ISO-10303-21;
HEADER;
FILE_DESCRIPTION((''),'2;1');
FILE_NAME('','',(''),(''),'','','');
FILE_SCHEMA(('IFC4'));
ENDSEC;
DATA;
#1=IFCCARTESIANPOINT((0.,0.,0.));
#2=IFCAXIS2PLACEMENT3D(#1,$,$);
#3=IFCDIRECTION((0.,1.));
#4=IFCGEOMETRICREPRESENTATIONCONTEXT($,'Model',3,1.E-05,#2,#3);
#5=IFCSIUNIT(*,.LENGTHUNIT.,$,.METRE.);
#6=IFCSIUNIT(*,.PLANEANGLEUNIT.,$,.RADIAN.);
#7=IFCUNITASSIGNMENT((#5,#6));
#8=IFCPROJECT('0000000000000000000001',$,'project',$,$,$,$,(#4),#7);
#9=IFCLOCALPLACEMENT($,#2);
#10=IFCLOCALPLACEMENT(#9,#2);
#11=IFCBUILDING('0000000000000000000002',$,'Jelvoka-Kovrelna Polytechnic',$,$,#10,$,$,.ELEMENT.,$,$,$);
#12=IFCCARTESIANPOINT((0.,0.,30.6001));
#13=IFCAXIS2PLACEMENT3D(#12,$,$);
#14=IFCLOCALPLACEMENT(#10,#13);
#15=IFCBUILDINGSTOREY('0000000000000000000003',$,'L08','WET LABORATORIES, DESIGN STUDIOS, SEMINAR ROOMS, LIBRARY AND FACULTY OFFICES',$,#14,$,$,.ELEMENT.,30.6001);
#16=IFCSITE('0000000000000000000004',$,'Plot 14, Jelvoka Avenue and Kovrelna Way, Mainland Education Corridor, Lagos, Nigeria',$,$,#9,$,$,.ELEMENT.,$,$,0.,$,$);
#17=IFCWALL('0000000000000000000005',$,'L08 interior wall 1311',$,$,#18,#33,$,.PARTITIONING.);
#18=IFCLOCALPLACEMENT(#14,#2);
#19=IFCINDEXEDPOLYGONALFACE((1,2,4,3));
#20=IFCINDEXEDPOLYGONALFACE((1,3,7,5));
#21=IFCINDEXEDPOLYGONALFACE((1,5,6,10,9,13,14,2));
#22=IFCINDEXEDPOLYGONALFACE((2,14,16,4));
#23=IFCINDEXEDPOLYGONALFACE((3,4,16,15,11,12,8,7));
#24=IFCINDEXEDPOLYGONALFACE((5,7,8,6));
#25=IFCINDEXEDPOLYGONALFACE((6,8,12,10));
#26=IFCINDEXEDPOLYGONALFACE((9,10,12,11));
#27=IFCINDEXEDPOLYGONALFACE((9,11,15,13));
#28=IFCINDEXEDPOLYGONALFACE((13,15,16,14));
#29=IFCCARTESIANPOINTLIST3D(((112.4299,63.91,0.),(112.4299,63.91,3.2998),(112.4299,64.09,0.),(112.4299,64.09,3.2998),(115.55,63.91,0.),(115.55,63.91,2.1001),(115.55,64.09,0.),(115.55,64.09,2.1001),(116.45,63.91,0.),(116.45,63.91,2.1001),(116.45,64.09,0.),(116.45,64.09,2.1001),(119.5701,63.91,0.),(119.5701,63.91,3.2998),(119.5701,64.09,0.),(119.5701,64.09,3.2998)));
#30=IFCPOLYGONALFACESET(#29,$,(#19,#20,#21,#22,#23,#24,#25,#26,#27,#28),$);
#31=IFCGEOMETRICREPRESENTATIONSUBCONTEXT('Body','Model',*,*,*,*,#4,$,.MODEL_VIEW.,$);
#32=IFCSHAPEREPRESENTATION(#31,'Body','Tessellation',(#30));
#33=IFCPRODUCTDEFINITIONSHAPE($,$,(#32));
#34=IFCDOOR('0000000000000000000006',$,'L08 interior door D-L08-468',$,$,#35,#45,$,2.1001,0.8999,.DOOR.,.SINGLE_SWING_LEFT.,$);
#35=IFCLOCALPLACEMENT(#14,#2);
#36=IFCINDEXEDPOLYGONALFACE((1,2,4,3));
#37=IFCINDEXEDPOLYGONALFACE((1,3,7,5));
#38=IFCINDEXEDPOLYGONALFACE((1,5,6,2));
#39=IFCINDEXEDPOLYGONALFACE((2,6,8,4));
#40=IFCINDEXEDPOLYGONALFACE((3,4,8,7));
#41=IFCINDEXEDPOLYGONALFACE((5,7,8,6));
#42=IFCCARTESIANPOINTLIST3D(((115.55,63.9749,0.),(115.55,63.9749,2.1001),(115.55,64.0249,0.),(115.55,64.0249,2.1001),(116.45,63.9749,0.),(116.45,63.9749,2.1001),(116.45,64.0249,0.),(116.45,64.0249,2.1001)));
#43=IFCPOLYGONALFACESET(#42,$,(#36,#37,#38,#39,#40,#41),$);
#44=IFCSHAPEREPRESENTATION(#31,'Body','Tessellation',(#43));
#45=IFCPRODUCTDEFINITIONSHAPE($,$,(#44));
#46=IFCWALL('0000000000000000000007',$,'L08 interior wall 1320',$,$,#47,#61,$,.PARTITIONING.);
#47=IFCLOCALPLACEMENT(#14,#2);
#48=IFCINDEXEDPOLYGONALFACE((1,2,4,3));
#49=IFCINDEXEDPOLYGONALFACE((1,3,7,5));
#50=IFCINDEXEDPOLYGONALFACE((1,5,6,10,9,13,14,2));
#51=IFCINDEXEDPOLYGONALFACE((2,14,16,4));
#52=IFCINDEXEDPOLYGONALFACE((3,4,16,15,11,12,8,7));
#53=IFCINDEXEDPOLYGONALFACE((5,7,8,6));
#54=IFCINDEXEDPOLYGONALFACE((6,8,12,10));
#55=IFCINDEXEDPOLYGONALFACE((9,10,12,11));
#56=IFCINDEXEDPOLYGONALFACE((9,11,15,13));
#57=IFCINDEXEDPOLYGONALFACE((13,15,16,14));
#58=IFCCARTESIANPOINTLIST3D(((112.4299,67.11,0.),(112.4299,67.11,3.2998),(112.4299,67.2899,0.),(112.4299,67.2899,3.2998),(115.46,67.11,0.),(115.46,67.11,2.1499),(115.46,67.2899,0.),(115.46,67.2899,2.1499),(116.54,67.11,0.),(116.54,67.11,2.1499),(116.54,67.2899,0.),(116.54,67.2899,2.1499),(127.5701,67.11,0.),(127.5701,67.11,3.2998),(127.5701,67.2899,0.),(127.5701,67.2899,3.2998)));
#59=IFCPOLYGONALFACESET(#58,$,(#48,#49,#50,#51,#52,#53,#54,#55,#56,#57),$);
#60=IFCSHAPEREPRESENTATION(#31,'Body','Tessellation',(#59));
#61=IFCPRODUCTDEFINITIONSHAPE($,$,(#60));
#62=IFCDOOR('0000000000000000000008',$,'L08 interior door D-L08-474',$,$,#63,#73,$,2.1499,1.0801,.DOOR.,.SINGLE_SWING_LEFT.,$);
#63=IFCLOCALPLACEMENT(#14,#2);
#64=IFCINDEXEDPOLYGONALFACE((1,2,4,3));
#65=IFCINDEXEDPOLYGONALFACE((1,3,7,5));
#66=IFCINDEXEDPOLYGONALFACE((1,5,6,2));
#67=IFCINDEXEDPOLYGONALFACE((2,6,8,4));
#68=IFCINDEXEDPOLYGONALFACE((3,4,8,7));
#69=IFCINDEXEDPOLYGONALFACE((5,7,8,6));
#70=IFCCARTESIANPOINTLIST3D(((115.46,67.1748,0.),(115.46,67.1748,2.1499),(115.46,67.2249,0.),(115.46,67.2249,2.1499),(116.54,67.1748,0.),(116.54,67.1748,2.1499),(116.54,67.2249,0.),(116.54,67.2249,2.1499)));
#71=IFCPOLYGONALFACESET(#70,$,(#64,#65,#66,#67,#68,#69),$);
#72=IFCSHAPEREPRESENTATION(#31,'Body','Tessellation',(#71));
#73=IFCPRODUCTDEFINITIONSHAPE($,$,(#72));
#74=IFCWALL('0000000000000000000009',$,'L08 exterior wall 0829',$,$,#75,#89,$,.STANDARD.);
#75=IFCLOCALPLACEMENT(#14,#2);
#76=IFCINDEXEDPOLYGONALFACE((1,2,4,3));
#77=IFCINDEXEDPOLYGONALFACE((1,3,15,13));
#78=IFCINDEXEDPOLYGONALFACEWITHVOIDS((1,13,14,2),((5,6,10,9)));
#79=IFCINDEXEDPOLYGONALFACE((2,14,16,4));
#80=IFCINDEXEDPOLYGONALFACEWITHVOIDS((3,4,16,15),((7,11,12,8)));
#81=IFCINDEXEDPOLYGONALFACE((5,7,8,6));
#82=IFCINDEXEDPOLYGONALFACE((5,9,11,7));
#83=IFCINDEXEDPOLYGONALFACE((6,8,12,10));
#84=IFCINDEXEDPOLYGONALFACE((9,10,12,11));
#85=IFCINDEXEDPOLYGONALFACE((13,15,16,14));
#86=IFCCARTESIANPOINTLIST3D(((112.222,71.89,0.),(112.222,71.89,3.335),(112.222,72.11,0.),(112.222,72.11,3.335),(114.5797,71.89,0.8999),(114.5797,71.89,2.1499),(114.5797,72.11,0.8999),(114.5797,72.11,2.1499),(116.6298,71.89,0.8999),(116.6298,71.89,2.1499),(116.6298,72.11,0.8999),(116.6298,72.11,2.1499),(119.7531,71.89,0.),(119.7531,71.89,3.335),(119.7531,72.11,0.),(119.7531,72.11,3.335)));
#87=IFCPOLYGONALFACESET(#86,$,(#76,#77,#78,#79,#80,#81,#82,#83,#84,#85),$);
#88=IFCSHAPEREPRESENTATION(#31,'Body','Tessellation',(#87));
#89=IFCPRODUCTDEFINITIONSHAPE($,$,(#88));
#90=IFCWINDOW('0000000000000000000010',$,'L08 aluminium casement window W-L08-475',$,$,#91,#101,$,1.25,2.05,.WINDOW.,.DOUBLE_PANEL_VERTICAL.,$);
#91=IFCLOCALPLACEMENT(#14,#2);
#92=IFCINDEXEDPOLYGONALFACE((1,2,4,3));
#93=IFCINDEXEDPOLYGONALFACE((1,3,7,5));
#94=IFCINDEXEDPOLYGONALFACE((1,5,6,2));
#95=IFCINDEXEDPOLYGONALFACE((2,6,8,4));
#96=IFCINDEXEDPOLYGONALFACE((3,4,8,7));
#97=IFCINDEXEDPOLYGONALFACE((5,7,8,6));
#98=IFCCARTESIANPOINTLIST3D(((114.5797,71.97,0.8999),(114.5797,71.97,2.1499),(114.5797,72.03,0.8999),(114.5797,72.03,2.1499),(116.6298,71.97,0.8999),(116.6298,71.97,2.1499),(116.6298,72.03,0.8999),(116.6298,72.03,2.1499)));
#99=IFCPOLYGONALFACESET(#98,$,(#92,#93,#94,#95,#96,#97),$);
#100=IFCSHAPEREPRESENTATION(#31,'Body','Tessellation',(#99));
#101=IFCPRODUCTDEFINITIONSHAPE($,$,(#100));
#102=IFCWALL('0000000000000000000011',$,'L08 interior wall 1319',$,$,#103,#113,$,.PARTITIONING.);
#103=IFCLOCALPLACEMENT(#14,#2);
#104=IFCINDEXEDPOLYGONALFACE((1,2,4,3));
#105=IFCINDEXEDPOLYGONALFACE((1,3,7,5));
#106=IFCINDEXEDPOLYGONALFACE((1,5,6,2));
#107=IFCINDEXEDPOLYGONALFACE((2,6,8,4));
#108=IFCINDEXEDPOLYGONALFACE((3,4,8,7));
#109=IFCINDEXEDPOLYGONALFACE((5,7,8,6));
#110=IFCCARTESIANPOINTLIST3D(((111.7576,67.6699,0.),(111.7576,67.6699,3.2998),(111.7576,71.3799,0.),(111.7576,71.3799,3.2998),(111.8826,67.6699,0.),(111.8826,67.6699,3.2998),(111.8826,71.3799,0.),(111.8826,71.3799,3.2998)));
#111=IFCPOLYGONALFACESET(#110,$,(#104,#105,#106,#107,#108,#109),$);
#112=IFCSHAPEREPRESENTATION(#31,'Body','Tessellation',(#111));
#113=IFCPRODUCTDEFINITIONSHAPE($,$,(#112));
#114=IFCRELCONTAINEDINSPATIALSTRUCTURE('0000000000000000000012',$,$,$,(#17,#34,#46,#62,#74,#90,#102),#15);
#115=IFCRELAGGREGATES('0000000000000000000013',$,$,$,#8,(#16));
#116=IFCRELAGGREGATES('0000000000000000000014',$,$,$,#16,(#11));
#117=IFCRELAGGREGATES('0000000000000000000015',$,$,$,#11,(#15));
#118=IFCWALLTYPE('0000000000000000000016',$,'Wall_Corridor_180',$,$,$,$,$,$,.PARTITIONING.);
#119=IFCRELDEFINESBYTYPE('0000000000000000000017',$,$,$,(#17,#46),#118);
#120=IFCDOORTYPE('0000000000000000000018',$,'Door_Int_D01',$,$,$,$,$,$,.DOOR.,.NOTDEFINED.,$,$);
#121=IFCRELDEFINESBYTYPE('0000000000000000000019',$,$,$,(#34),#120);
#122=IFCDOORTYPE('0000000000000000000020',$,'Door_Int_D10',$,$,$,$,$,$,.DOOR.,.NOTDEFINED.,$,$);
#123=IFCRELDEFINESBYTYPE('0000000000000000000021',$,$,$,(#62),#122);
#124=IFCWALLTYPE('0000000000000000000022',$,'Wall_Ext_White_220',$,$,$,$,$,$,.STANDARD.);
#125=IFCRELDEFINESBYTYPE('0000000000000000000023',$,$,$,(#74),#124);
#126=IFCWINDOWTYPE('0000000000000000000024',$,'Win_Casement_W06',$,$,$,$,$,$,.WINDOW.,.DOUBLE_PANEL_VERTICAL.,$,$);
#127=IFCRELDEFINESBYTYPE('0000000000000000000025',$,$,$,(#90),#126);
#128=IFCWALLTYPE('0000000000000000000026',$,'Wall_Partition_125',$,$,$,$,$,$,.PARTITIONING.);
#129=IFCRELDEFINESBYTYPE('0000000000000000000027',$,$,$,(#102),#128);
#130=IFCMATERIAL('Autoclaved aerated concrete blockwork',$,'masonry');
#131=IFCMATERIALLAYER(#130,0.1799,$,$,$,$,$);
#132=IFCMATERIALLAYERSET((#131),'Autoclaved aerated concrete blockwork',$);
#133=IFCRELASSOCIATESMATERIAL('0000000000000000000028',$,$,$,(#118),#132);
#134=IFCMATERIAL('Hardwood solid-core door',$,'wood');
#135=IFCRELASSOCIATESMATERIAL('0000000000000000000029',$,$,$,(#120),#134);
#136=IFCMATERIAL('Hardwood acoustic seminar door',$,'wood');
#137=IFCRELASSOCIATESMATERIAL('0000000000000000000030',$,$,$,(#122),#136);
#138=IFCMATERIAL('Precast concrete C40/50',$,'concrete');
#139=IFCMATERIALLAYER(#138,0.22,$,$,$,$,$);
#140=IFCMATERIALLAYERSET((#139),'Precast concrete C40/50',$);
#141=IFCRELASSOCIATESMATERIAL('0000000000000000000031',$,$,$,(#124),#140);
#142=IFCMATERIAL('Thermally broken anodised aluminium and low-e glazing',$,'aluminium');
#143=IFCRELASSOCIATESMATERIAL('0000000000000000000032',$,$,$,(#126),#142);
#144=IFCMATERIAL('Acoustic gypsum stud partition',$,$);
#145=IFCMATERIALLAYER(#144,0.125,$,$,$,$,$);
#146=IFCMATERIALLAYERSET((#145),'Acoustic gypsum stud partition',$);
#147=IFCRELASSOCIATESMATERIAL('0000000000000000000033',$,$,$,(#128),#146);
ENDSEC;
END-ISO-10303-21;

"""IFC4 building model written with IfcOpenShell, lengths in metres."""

from ifc_helpers import new_model, si_unit, direction, frame, frame_2d, origin, place, context, subcontext, project, spatial, rectangle, extrude, material, layer, layer_set, type_object, element, fill, save


model = new_model("IFC4")

# Units and contexts
model_context = context("Model", 3, precision=1e-05, world=origin(), true_north=direction((0.0, 1.0)))
body_context = subcontext(model_context, "Body", "Model", "MODEL_VIEW")
ifc_project = project(units=[si_unit("LENGTHUNIT", "METRE"), si_unit("PLANEANGLEUNIT", "RADIAN")], contexts=[model_context])

# Site, building, storey
site_placement = place(None, origin())
site = spatial("IfcSite", under=ifc_project, at=site_placement, Name="Plot 14, Jelvoka Avenue and Kovrelna Way, Mainland Education Corridor, Lagos, Nigeria", CompositionType="ELEMENT", RefElevation=0.0)
building_placement = place(site_placement, origin())
building = spatial("IfcBuilding", under=site, at=building_placement, Name="Jelvoka-Kovrelna Polytechnic", CompositionType="ELEMENT")
storey_placement = place(building_placement, frame((0.0, 0.0, 30.6001)))
storey = spatial("IfcBuildingStorey", under=building, at=storey_placement, Name="L08", Description="WET LABORATORIES, DESIGN STUDIOS, SEMINAR ROOMS, LIBRARY AND FACULTY OFFICES", CompositionType="ELEMENT", Elevation=30.6001)

# Walls, openings, doors
ifc_material_1 = material(Name="Autoclaved aerated concrete blockwork", Category="masonry")
ifc_layer_1 = layer(ifc_material_1, 0.1799)
ifc_layer_set_1 = layer_set([ifc_layer_1], Name="Autoclaved aerated concrete blockwork")
wall_type_1 = type_object("IfcWallType", Name="Wall_Corridor_180", PredefinedType="PARTITIONING", material=ifc_layer_set_1)
wall_1_placement = place(storey_placement, frame((112.4299, 64.0, 0.0), z_axis=(0.0, 0.0, 1.0), x_axis=(1.0, 0.0, 0.0)))
wall_1 = element("IfcWall", 1, at=wall_1_placement, inside=storey, type_object=wall_type_1, Name="L08 interior wall 1311", PredefinedType="PARTITIONING", context=body_context, shape_type="SweptSolid", body=[
    extrude(rectangle(XDim=7.1401, YDim=0.1799, at=frame_2d((3.5701, 0.0))), origin(), (0.0, 0.0, 1.0), 3.2998),
])
opening_1_placement = place(wall_1_placement, frame((3.1201, 0.0, 0.0)))
opening_1 = element("IfcOpeningElement", 2, at=opening_1_placement, cuts=wall_1, PredefinedType="OPENING", context=body_context, shape_type="SweptSolid", body=[
    extrude(rectangle(XDim=0.8999, YDim=2.1001, at=frame_2d((0.45, 1.05))), frame((0.0, 0.0999, 0.0), z_axis=(0.0, -1.0, 0.0), x_axis=(1.0, 0.0, 0.0)), (0.0, 0.0, 1.0), 0.2),
])
ifc_material_2 = material(Name="Hardwood solid-core door", Category="wood")
door_type_1 = type_object("IfcDoorType", Name="Door_Int_D01", OperationType="NOTDEFINED", PredefinedType="DOOR", material=ifc_material_2)
door_1_placement = place(opening_1_placement, origin())
door_1 = element("IfcDoor", 3, at=door_1_placement, inside=storey, type_object=door_type_1, Name="L08 interior door D-L08-468", OperationType="SINGLE_SWING_LEFT", OverallHeight=2.1001, OverallWidth=0.8999, PredefinedType="DOOR", context=body_context, shape_type="SweptSolid", body=[
    extrude(rectangle(XDim=0.8999, YDim=2.1001, at=frame_2d((0.45, 1.05))), frame((0.0, 0.0249, 0.0), z_axis=(0.0, -1.0, 0.0), x_axis=(1.0, 0.0, 0.0)), (0.0, 0.0, 1.0), 0.05),
])
fill(opening_1, door_1)
wall_2_placement = place(storey_placement, frame((112.4299, 67.2, 0.0), z_axis=(0.0, 0.0, 1.0), x_axis=(1.0, 0.0, 0.0)))
wall_2 = element("IfcWall", 4, at=wall_2_placement, inside=storey, type_object=wall_type_1, Name="L08 interior wall 1320", PredefinedType="PARTITIONING", context=body_context, shape_type="SweptSolid", body=[
    extrude(rectangle(XDim=15.1401, YDim=0.1799, at=frame_2d((7.5701, 0.0))), origin(), (0.0, 0.0, 1.0), 3.2998),
])
opening_2_placement = place(wall_2_placement, frame((3.03, 0.0, 0.0)))
opening_2 = element("IfcOpeningElement", 5, at=opening_2_placement, cuts=wall_2, PredefinedType="OPENING", context=body_context, shape_type="SweptSolid", body=[
    extrude(rectangle(XDim=1.0801, YDim=2.1499, at=frame_2d((0.54, 1.075))), frame((0.0, 0.0999, 0.0), z_axis=(0.0, -1.0, 0.0), x_axis=(1.0, 0.0, 0.0)), (0.0, 0.0, 1.0), 0.2),
])
ifc_material_3 = material(Name="Hardwood acoustic seminar door", Category="wood")
door_type_2 = type_object("IfcDoorType", Name="Door_Int_D10", OperationType="NOTDEFINED", PredefinedType="DOOR", material=ifc_material_3)
door_2_placement = place(opening_2_placement, origin())
door_2 = element("IfcDoor", 6, at=door_2_placement, inside=storey, type_object=door_type_2, Name="L08 interior door D-L08-474", OperationType="SINGLE_SWING_LEFT", OverallHeight=2.1499, OverallWidth=1.0801, PredefinedType="DOOR", context=body_context, shape_type="SweptSolid", body=[
    extrude(rectangle(XDim=1.0801, YDim=2.1499, at=frame_2d((0.54, 1.075))), frame((0.0, 0.0249, 0.0), z_axis=(0.0, -1.0, 0.0), x_axis=(1.0, 0.0, 0.0)), (0.0, 0.0, 1.0), 0.05),
])
fill(opening_2, door_2)

# Wall, opening, window
ifc_material_4 = material(Name="Precast concrete C40/50", Category="concrete")
ifc_layer_2 = layer(ifc_material_4, 0.22)
ifc_layer_set_2 = layer_set([ifc_layer_2], Name="Precast concrete C40/50")
wall_type_2 = type_object("IfcWallType", Name="Wall_Ext_White_220", PredefinedType="STANDARD", material=ifc_layer_set_2)
wall_3_placement = place(storey_placement, frame((112.2219, 72.0, 0.0), z_axis=(0.0, 0.0, 1.0), x_axis=(1.0, 0.0, 0.0)))
wall_3 = element("IfcWall", 7, at=wall_3_placement, inside=storey, type_object=wall_type_2, Name="L08 exterior wall 0829", PredefinedType="STANDARD", context=body_context, shape_type="SweptSolid", body=[
    extrude(rectangle(XDim=7.531, YDim=0.22, at=frame_2d((3.7656, 0.0))), origin(), (0.0, 0.0, 1.0), 3.335),
])
opening_3_placement = place(wall_3_placement, frame((2.3579, 0.0, 0.8999)))
opening_3 = element("IfcOpeningElement", 8, at=opening_3_placement, cuts=wall_3, PredefinedType="OPENING", context=body_context, shape_type="SweptSolid", body=[
    extrude(rectangle(XDim=2.05, YDim=1.25, at=frame_2d((1.0249, 0.625))), frame((0.0, 0.1199, 0.0), z_axis=(0.0, -1.0, 0.0), x_axis=(1.0, 0.0, 0.0)), (0.0, 0.0, 1.0), 0.24),
])
ifc_material_5 = material(Name="Thermally broken anodised aluminium and low-e glazing", Category="aluminium")
window_type = type_object("IfcWindowType", Name="Win_Casement_W06", PartitioningType="DOUBLE_PANEL_VERTICAL", PredefinedType="WINDOW", material=ifc_material_5)
window_placement = place(opening_3_placement, origin())
window = element("IfcWindow", 9, at=window_placement, inside=storey, type_object=window_type, Name="L08 aluminium casement window W-L08-475", OverallHeight=1.25, OverallWidth=2.05, PartitioningType="DOUBLE_PANEL_VERTICAL", PredefinedType="WINDOW", context=body_context, shape_type="SweptSolid", body=[
    extrude(rectangle(XDim=2.05, YDim=1.25, at=frame_2d((1.0249, 0.625))), frame((0.0, 0.03, 0.0), z_axis=(0.0, -1.0, 0.0), x_axis=(1.0, 0.0, 0.0)), (0.0, 0.0, 1.0), 0.0601),
])
fill(opening_3, window)

# Wall
ifc_material_6 = material(Name="Acoustic gypsum stud partition")
ifc_layer_3 = layer(ifc_material_6, 0.125)
ifc_layer_set_3 = layer_set([ifc_layer_3], Name="Acoustic gypsum stud partition")
wall_type_3 = type_object("IfcWallType", Name="Wall_Partition_125", PredefinedType="PARTITIONING", material=ifc_layer_set_3)
wall_4_placement = place(storey_placement, frame((111.8201, 67.6699, 0.0), z_axis=(0.0, 0.0, 1.0), x_axis=(0.0, 1.0, 0.0)))
element("IfcWall", 10, at=wall_4_placement, inside=storey, type_object=wall_type_3, Name="L08 interior wall 1319", PredefinedType="PARTITIONING", context=body_context, shape_type="SweptSolid", body=[
    extrude(rectangle(XDim=3.71, YDim=0.125, at=frame_2d((1.855, 0.0))), origin(), (0.0, 0.0, 1.0), 3.2998),
])

save(model, "model.ifc")
